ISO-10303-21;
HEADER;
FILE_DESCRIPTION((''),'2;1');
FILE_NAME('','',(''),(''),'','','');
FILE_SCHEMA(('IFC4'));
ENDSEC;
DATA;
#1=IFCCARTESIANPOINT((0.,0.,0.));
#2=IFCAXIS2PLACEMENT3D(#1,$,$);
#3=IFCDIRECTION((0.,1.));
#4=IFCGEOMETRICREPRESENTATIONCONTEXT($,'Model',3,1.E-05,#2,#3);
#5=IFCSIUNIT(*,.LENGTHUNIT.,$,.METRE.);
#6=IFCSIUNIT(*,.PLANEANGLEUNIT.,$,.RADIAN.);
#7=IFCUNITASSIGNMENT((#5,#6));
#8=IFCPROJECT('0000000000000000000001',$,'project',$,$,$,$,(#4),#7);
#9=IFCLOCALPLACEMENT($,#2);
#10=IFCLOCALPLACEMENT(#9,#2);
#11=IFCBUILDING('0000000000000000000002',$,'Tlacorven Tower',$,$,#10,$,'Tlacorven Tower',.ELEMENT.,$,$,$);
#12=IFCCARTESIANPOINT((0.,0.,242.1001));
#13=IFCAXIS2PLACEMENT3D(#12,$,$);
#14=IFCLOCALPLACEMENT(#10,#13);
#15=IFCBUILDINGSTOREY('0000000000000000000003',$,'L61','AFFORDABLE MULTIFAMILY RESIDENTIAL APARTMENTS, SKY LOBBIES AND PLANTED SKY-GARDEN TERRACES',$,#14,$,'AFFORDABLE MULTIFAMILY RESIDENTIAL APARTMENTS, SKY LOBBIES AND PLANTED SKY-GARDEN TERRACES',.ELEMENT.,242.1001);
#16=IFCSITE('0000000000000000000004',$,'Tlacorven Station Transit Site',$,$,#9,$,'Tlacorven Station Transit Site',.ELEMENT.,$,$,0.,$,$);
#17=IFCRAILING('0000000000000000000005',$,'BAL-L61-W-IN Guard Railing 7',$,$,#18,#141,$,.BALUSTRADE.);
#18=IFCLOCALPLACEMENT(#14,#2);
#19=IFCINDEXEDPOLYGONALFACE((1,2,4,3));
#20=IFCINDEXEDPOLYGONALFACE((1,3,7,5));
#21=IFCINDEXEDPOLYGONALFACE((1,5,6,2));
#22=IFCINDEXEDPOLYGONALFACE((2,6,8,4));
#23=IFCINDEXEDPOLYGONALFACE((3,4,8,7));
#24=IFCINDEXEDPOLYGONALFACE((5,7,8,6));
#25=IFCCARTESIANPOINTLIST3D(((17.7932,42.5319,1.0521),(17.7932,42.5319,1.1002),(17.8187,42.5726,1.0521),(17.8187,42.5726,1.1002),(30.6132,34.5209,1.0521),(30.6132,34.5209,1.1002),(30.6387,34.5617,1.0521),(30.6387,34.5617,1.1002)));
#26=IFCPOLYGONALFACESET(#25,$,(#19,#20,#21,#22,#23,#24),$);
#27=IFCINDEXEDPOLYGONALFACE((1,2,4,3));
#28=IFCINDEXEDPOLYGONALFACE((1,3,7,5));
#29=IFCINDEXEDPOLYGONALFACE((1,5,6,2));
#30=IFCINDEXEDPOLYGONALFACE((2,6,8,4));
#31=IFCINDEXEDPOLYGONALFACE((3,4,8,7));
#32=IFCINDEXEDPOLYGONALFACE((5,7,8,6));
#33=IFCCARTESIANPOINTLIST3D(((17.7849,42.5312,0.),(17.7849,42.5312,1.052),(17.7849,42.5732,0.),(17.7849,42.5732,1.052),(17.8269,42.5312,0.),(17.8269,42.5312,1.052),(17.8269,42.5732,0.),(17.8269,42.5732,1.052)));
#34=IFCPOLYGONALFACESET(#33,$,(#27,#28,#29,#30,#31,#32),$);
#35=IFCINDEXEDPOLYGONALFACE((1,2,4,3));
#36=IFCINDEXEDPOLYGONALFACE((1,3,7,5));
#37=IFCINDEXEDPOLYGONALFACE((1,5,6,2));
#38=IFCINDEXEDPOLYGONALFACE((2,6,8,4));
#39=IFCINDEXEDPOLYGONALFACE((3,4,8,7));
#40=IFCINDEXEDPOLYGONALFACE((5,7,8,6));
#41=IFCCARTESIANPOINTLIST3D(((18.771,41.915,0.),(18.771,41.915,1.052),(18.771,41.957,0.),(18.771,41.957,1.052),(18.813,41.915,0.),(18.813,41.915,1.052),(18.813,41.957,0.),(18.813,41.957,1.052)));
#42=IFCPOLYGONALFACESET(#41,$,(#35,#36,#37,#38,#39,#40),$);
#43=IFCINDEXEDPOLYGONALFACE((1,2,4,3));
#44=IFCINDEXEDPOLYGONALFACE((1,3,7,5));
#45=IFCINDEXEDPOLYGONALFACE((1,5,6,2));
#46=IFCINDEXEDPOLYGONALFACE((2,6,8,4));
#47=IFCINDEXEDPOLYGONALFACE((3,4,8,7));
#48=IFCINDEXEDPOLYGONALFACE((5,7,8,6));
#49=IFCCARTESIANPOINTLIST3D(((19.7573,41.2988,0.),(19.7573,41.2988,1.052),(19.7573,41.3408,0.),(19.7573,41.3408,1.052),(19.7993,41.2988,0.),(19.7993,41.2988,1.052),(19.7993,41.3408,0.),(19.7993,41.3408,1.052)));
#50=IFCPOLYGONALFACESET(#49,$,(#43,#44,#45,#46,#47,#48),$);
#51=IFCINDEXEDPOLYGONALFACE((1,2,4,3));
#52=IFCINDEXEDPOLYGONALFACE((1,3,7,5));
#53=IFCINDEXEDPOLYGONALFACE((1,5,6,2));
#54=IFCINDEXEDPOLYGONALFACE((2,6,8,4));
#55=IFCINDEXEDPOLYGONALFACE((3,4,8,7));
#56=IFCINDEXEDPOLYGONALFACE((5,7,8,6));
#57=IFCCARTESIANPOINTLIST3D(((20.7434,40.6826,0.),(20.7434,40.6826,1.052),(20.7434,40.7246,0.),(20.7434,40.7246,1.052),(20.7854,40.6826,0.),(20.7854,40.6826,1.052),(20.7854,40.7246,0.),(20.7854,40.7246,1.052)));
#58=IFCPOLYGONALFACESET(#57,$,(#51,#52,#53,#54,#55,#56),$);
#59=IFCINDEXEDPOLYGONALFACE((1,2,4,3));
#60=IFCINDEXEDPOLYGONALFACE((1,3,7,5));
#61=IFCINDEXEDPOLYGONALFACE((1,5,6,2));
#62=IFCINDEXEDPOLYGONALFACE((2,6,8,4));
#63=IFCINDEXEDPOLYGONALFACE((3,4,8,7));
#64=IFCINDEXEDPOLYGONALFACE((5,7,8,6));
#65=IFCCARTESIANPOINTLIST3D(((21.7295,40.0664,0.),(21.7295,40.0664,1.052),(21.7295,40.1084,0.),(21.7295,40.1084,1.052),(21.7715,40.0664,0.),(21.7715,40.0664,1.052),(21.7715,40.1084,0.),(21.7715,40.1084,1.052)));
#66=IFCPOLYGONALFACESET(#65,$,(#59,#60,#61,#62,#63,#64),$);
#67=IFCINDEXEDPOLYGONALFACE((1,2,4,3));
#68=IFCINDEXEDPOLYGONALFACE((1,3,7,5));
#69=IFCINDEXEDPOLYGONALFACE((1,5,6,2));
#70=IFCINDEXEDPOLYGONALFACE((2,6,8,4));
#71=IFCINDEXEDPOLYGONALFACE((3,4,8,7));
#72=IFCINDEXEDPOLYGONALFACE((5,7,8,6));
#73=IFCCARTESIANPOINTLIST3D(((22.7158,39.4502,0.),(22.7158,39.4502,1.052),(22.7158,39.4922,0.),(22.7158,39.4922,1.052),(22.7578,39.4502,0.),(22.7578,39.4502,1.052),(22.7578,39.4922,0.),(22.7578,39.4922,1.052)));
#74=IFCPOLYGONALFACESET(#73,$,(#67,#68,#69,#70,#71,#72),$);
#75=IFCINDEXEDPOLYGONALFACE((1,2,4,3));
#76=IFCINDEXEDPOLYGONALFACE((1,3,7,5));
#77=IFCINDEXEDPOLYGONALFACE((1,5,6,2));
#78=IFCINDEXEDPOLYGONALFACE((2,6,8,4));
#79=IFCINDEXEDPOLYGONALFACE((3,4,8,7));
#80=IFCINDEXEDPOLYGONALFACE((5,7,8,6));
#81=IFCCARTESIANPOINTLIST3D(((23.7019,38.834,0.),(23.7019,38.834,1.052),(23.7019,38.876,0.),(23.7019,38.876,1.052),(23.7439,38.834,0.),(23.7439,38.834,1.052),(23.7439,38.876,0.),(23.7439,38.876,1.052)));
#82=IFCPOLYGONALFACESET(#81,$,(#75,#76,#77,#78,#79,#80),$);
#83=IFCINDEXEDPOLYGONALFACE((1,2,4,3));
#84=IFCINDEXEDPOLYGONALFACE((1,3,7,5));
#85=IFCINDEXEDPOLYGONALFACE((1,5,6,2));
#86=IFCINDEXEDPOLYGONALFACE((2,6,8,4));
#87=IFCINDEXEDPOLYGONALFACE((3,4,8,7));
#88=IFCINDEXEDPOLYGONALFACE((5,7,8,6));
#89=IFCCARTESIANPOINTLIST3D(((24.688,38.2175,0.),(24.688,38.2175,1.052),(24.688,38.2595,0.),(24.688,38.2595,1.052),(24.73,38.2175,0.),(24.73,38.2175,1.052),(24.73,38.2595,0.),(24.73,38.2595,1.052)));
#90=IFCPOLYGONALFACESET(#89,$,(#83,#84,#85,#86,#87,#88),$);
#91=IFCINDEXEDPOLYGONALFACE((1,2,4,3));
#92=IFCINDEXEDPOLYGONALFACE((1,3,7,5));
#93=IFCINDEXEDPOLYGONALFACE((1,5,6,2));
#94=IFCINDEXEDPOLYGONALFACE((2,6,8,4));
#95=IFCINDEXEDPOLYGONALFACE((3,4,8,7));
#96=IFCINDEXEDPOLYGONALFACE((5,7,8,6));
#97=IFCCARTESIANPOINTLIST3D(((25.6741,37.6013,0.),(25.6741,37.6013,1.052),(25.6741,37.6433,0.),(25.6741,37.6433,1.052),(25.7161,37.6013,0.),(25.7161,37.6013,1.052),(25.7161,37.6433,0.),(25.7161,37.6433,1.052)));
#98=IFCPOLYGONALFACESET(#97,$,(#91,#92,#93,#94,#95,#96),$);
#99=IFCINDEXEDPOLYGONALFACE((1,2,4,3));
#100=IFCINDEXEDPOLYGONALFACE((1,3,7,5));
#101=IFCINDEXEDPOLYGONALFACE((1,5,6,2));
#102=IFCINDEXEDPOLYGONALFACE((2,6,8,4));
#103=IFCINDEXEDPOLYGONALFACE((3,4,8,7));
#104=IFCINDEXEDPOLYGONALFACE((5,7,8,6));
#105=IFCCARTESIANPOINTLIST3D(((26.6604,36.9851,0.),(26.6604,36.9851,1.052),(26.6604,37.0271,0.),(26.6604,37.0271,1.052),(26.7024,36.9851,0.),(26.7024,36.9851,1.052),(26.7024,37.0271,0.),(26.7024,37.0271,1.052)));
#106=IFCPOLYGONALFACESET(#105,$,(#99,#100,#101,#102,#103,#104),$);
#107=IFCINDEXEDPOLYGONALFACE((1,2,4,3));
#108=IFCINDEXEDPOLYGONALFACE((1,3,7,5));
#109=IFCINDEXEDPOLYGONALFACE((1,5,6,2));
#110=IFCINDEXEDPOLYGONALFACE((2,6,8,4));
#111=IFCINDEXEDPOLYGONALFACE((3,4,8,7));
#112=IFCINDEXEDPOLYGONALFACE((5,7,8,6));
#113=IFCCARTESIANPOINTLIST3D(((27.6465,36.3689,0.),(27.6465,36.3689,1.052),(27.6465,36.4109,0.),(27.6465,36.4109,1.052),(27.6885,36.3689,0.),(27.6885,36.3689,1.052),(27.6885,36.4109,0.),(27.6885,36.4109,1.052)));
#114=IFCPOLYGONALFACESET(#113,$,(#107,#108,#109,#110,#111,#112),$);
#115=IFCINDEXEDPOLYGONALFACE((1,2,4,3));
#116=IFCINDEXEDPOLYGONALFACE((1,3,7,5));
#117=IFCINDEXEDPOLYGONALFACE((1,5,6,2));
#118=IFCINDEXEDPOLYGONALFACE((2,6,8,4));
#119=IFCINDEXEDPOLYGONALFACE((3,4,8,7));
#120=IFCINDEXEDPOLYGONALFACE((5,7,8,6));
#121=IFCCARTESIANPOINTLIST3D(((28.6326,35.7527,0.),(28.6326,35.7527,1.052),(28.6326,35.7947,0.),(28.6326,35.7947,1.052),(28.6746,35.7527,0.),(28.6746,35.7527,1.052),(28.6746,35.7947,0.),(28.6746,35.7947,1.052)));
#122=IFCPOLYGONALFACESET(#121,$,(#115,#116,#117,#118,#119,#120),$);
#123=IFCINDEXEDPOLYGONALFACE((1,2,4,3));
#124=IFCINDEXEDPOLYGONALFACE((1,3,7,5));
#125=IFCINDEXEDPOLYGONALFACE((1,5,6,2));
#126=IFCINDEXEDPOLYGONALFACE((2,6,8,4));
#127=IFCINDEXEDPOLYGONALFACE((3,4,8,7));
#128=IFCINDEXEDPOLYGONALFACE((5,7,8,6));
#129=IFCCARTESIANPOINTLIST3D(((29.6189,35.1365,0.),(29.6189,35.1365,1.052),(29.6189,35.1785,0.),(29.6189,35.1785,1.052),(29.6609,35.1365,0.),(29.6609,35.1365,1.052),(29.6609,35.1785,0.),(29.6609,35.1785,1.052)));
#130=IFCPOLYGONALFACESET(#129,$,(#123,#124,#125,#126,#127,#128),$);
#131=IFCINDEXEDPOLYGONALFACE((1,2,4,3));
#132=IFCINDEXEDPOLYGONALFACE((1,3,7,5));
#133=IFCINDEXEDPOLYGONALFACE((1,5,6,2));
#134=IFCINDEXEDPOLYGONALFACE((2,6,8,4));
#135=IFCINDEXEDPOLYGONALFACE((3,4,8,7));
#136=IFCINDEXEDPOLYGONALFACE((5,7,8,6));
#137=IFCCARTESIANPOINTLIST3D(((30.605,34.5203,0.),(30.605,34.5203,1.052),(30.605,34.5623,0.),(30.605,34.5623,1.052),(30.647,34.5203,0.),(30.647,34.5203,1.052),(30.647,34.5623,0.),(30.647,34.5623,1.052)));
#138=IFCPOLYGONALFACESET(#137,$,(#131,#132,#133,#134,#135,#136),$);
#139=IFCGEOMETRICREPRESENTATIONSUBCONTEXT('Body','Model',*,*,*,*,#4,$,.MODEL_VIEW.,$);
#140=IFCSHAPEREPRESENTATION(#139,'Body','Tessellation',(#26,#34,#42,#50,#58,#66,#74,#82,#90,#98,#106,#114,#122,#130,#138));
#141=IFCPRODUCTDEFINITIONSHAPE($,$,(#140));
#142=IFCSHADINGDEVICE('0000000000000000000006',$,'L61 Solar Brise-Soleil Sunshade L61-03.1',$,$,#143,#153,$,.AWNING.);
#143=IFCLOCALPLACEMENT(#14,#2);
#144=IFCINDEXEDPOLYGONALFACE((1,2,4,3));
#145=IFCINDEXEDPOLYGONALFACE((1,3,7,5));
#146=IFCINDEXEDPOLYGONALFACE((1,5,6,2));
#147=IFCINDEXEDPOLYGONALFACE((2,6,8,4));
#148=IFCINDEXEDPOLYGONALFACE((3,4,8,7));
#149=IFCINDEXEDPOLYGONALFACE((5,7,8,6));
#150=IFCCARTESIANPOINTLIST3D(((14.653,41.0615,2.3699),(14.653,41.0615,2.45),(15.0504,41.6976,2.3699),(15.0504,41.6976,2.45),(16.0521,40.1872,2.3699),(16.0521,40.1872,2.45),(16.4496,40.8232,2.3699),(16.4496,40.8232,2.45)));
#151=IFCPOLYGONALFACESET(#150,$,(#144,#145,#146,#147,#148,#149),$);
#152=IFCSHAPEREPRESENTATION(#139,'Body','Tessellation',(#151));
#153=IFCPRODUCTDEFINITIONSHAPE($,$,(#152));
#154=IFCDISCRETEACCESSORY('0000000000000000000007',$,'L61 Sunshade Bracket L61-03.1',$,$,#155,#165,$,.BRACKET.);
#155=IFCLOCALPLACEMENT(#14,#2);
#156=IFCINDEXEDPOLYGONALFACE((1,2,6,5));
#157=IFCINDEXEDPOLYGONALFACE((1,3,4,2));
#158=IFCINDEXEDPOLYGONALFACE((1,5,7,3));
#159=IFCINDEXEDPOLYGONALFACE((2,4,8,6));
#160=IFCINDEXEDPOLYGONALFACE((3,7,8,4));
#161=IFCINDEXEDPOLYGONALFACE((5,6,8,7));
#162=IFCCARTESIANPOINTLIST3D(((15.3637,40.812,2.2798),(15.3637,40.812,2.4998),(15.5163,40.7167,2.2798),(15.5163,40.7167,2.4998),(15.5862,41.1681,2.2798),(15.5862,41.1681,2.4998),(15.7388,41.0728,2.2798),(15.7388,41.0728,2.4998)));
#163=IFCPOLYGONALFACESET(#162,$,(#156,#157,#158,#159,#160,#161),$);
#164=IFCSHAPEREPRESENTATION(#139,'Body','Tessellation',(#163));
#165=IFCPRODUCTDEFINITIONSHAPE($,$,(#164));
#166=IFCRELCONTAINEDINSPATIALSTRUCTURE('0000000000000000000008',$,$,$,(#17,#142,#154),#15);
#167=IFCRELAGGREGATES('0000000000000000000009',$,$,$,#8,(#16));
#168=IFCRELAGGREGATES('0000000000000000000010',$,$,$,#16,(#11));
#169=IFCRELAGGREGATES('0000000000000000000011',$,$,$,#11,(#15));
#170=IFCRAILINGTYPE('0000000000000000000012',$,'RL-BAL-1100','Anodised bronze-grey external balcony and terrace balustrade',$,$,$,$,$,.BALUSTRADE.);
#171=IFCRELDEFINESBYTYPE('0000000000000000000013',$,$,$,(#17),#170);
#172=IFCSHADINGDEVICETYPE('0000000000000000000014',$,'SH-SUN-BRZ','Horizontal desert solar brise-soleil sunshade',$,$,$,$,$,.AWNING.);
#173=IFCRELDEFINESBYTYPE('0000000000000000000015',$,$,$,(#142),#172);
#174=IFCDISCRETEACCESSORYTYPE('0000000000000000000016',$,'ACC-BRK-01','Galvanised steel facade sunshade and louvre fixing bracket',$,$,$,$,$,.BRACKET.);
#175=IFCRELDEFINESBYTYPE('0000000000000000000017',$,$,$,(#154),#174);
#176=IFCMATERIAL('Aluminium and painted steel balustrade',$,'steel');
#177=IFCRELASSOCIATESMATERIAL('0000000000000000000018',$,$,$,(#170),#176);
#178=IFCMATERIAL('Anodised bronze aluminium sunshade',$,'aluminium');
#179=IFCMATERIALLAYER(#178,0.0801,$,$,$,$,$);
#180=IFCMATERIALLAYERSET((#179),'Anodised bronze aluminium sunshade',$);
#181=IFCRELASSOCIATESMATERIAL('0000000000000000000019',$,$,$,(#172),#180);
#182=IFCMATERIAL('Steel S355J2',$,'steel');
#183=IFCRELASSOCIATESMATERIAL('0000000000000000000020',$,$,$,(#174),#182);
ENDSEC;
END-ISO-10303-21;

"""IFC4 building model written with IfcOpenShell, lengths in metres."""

from ifc_helpers import new_model, si_unit, direction, frame, origin, origin_2d, place, context, subcontext, project, spatial, rectangle, extrude, source, transform, mapped, material, layer, layer_set, type_object, element, save


model = new_model("IFC4")

# Units and contexts
model_context = context("Model", 3, precision=1e-05, world=origin(), true_north=direction((0.0, 1.0)))
body_context = subcontext(model_context, "Body", "Model", "MODEL_VIEW")
ifc_project = project(units=[si_unit("LENGTHUNIT", "METRE"), si_unit("PLANEANGLEUNIT", "RADIAN")], contexts=[model_context])

# Site, building, storey
site_placement = place(None, origin())
site = spatial("IfcSite", under=ifc_project, at=site_placement, Name="Tlacorven Station Transit Site", LongName="Tlacorven Station Transit Site", CompositionType="ELEMENT", RefElevation=0.0)
building_placement = place(site_placement, origin())
building = spatial("IfcBuilding", under=site, at=building_placement, Name="Tlacorven Tower", LongName="Tlacorven Tower", CompositionType="ELEMENT")
storey_placement = place(building_placement, frame((0.0, 0.0, 242.1001)))
storey = spatial("IfcBuildingStorey", under=building, at=storey_placement, Name="L61", Description="AFFORDABLE MULTIFAMILY RESIDENTIAL APARTMENTS, SKY LOBBIES AND PLANTED SKY-GARDEN TERRACES", LongName="AFFORDABLE MULTIFAMILY RESIDENTIAL APARTMENTS, SKY LOBBIES AND PLANTED SKY-GARDEN TERRACES", CompositionType="ELEMENT", Elevation=242.1001)

# Shared definitions
ifc_material_1 = material(Name="Steel S355J2", Category="steel")

# Railing
ifc_material_2 = material(Name="Aluminium and painted steel balustrade", Category="steel")
railing_type = type_object("IfcRailingType", Name="RL-BAL-1100", Description="Anodised bronze-grey external balcony and terrace balustrade", PredefinedType="BALUSTRADE", material=ifc_material_2)
shared_shape_1 = source(origin(), body_context, "Body", "SweptSolid", [
    extrude(rectangle(XDim=0.0481, YDim=0.0481, at=origin_2d()), frame((0.0, 0.0, 1.0762), z_axis=(0.848045, -0.529925, 0.0), x_axis=(0.529925, 0.848045, 0.0)), (0.0, 0.0, 1.0), 15.1172),
    extrude(rectangle(XDim=0.042, YDim=0.042, at=origin_2d()), origin(), (0.0, 0.0, 1.0), 1.052),
    extrude(rectangle(XDim=0.042, YDim=0.042, at=origin_2d()), frame((0.9861, -0.6162, 0.0)), (0.0, 0.0, 1.0), 1.052),
    extrude(rectangle(XDim=0.042, YDim=0.042, at=origin_2d()), frame((1.9724, -1.2324, 0.0)), (0.0, 0.0, 1.0), 1.052),
    extrude(rectangle(XDim=0.042, YDim=0.042, at=origin_2d()), frame((2.9585, -1.8486, 0.0)), (0.0, 0.0, 1.0), 1.052),
    extrude(rectangle(XDim=0.042, YDim=0.042, at=origin_2d()), frame((3.9446, -2.4648, 0.0)), (0.0, 0.0, 1.0), 1.052),
    extrude(rectangle(XDim=0.042, YDim=0.042, at=origin_2d()), frame((4.9309, -3.0811, 0.0)), (0.0, 0.0, 1.0), 1.052),
    extrude(rectangle(XDim=0.042, YDim=0.042, at=origin_2d()), frame((5.917, -3.6973, 0.0)), (0.0, 0.0, 1.0), 1.052),
    extrude(rectangle(XDim=0.042, YDim=0.042, at=origin_2d()), frame((6.9031, -4.3137, 0.0)), (0.0, 0.0, 1.0), 1.052),
    extrude(rectangle(XDim=0.042, YDim=0.042, at=origin_2d()), frame((7.8892, -4.9299, 0.0)), (0.0, 0.0, 1.0), 1.052),
    extrude(rectangle(XDim=0.042, YDim=0.042, at=origin_2d()), frame((8.8755, -5.5461, 0.0)), (0.0, 0.0, 1.0), 1.052),
    extrude(rectangle(XDim=0.042, YDim=0.042, at=origin_2d()), frame((9.8616, -6.1624, 0.0)), (0.0, 0.0, 1.0), 1.052),
    extrude(rectangle(XDim=0.042, YDim=0.042, at=origin_2d()), frame((10.8477, -6.7786, 0.0)), (0.0, 0.0, 1.0), 1.052),
    extrude(rectangle(XDim=0.042, YDim=0.042, at=origin_2d()), frame((11.834, -7.3948, 0.0)), (0.0, 0.0, 1.0), 1.052),
    extrude(rectangle(XDim=0.042, YDim=0.042, at=origin_2d()), frame((12.8201, -8.011, 0.0)), (0.0, 0.0, 1.0), 1.052),
])
railing_1_placement = place(storey_placement, frame((17.8059, 42.5522, 0.0)))
element("IfcRailing", 1, at=railing_1_placement, inside=storey, type_object=railing_type, Name="BAL-L61-W-IN Guard Railing 7", PredefinedType="BALUSTRADE", context=body_context, shape_type="MappedRepresentation", body=[
    mapped(shared_shape_1, transform((0.0, 0.0, 0.0), scale=1.0)),
])

# Shading device
ifc_material_3 = material(Name="Anodised bronze aluminium sunshade", Category="aluminium")
ifc_layer_1 = layer(ifc_material_3, 0.0801)
ifc_layer_set_1 = layer_set([ifc_layer_1], Name="Anodised bronze aluminium sunshade")
shading_device_type = type_object("IfcShadingDeviceType", Name="SH-SUN-BRZ", Description="Horizontal desert solar brise-soleil sunshade", PredefinedType="AWNING", material=ifc_layer_set_1)
shared_shape_2 = source(origin(), body_context, "Body", "SweptSolid", [
    extrude(rectangle(XDim=1.6499, YDim=0.75, at=origin_2d()), origin(), (0.0, 0.0, 1.0), 0.0801),
])
shading_device_placement = place(storey_placement, frame((15.5513, 40.9424, 2.3699), z_axis=(0.0, 0.0, 1.0), x_axis=(0.848048, -0.529919, 0.0)))
element("IfcShadingDevice", 2, at=shading_device_placement, inside=storey, type_object=shading_device_type, Name="L61 Solar Brise-Soleil Sunshade L61-03.1", PredefinedType="AWNING", context=body_context, shape_type="MappedRepresentation", body=[
    mapped(shared_shape_2, transform((0.0, 0.0, 0.0), scale=1.0)),
])

# Discrete accessory
discrete_accessory_type = type_object("IfcDiscreteAccessoryType", Name="ACC-BRK-01", Description="Galvanised steel facade sunshade and louvre fixing bracket", PredefinedType="BRACKET", material=ifc_material_1)
shared_shape_3 = source(origin(), body_context, "Body", "SweptSolid", [
    extrude(rectangle(XDim=0.1799, YDim=0.4199, at=origin_2d()), origin(), (0.0, 0.0, 1.0), 0.22),
])
discrete_accessory_placement = place(storey_placement, frame((15.5513, 40.9424, 2.2798), z_axis=(0.0, 0.0, 1.0), x_axis=(0.848048, -0.529919, 0.0)))
element("IfcDiscreteAccessory", 3, at=discrete_accessory_placement, inside=storey, type_object=discrete_accessory_type, Name="L61 Sunshade Bracket L61-03.1", PredefinedType="BRACKET", context=body_context, shape_type="MappedRepresentation", body=[
    mapped(shared_shape_3, transform((0.0, 0.0, 0.0), scale=1.0)),
])

save(model, "model.ifc")
